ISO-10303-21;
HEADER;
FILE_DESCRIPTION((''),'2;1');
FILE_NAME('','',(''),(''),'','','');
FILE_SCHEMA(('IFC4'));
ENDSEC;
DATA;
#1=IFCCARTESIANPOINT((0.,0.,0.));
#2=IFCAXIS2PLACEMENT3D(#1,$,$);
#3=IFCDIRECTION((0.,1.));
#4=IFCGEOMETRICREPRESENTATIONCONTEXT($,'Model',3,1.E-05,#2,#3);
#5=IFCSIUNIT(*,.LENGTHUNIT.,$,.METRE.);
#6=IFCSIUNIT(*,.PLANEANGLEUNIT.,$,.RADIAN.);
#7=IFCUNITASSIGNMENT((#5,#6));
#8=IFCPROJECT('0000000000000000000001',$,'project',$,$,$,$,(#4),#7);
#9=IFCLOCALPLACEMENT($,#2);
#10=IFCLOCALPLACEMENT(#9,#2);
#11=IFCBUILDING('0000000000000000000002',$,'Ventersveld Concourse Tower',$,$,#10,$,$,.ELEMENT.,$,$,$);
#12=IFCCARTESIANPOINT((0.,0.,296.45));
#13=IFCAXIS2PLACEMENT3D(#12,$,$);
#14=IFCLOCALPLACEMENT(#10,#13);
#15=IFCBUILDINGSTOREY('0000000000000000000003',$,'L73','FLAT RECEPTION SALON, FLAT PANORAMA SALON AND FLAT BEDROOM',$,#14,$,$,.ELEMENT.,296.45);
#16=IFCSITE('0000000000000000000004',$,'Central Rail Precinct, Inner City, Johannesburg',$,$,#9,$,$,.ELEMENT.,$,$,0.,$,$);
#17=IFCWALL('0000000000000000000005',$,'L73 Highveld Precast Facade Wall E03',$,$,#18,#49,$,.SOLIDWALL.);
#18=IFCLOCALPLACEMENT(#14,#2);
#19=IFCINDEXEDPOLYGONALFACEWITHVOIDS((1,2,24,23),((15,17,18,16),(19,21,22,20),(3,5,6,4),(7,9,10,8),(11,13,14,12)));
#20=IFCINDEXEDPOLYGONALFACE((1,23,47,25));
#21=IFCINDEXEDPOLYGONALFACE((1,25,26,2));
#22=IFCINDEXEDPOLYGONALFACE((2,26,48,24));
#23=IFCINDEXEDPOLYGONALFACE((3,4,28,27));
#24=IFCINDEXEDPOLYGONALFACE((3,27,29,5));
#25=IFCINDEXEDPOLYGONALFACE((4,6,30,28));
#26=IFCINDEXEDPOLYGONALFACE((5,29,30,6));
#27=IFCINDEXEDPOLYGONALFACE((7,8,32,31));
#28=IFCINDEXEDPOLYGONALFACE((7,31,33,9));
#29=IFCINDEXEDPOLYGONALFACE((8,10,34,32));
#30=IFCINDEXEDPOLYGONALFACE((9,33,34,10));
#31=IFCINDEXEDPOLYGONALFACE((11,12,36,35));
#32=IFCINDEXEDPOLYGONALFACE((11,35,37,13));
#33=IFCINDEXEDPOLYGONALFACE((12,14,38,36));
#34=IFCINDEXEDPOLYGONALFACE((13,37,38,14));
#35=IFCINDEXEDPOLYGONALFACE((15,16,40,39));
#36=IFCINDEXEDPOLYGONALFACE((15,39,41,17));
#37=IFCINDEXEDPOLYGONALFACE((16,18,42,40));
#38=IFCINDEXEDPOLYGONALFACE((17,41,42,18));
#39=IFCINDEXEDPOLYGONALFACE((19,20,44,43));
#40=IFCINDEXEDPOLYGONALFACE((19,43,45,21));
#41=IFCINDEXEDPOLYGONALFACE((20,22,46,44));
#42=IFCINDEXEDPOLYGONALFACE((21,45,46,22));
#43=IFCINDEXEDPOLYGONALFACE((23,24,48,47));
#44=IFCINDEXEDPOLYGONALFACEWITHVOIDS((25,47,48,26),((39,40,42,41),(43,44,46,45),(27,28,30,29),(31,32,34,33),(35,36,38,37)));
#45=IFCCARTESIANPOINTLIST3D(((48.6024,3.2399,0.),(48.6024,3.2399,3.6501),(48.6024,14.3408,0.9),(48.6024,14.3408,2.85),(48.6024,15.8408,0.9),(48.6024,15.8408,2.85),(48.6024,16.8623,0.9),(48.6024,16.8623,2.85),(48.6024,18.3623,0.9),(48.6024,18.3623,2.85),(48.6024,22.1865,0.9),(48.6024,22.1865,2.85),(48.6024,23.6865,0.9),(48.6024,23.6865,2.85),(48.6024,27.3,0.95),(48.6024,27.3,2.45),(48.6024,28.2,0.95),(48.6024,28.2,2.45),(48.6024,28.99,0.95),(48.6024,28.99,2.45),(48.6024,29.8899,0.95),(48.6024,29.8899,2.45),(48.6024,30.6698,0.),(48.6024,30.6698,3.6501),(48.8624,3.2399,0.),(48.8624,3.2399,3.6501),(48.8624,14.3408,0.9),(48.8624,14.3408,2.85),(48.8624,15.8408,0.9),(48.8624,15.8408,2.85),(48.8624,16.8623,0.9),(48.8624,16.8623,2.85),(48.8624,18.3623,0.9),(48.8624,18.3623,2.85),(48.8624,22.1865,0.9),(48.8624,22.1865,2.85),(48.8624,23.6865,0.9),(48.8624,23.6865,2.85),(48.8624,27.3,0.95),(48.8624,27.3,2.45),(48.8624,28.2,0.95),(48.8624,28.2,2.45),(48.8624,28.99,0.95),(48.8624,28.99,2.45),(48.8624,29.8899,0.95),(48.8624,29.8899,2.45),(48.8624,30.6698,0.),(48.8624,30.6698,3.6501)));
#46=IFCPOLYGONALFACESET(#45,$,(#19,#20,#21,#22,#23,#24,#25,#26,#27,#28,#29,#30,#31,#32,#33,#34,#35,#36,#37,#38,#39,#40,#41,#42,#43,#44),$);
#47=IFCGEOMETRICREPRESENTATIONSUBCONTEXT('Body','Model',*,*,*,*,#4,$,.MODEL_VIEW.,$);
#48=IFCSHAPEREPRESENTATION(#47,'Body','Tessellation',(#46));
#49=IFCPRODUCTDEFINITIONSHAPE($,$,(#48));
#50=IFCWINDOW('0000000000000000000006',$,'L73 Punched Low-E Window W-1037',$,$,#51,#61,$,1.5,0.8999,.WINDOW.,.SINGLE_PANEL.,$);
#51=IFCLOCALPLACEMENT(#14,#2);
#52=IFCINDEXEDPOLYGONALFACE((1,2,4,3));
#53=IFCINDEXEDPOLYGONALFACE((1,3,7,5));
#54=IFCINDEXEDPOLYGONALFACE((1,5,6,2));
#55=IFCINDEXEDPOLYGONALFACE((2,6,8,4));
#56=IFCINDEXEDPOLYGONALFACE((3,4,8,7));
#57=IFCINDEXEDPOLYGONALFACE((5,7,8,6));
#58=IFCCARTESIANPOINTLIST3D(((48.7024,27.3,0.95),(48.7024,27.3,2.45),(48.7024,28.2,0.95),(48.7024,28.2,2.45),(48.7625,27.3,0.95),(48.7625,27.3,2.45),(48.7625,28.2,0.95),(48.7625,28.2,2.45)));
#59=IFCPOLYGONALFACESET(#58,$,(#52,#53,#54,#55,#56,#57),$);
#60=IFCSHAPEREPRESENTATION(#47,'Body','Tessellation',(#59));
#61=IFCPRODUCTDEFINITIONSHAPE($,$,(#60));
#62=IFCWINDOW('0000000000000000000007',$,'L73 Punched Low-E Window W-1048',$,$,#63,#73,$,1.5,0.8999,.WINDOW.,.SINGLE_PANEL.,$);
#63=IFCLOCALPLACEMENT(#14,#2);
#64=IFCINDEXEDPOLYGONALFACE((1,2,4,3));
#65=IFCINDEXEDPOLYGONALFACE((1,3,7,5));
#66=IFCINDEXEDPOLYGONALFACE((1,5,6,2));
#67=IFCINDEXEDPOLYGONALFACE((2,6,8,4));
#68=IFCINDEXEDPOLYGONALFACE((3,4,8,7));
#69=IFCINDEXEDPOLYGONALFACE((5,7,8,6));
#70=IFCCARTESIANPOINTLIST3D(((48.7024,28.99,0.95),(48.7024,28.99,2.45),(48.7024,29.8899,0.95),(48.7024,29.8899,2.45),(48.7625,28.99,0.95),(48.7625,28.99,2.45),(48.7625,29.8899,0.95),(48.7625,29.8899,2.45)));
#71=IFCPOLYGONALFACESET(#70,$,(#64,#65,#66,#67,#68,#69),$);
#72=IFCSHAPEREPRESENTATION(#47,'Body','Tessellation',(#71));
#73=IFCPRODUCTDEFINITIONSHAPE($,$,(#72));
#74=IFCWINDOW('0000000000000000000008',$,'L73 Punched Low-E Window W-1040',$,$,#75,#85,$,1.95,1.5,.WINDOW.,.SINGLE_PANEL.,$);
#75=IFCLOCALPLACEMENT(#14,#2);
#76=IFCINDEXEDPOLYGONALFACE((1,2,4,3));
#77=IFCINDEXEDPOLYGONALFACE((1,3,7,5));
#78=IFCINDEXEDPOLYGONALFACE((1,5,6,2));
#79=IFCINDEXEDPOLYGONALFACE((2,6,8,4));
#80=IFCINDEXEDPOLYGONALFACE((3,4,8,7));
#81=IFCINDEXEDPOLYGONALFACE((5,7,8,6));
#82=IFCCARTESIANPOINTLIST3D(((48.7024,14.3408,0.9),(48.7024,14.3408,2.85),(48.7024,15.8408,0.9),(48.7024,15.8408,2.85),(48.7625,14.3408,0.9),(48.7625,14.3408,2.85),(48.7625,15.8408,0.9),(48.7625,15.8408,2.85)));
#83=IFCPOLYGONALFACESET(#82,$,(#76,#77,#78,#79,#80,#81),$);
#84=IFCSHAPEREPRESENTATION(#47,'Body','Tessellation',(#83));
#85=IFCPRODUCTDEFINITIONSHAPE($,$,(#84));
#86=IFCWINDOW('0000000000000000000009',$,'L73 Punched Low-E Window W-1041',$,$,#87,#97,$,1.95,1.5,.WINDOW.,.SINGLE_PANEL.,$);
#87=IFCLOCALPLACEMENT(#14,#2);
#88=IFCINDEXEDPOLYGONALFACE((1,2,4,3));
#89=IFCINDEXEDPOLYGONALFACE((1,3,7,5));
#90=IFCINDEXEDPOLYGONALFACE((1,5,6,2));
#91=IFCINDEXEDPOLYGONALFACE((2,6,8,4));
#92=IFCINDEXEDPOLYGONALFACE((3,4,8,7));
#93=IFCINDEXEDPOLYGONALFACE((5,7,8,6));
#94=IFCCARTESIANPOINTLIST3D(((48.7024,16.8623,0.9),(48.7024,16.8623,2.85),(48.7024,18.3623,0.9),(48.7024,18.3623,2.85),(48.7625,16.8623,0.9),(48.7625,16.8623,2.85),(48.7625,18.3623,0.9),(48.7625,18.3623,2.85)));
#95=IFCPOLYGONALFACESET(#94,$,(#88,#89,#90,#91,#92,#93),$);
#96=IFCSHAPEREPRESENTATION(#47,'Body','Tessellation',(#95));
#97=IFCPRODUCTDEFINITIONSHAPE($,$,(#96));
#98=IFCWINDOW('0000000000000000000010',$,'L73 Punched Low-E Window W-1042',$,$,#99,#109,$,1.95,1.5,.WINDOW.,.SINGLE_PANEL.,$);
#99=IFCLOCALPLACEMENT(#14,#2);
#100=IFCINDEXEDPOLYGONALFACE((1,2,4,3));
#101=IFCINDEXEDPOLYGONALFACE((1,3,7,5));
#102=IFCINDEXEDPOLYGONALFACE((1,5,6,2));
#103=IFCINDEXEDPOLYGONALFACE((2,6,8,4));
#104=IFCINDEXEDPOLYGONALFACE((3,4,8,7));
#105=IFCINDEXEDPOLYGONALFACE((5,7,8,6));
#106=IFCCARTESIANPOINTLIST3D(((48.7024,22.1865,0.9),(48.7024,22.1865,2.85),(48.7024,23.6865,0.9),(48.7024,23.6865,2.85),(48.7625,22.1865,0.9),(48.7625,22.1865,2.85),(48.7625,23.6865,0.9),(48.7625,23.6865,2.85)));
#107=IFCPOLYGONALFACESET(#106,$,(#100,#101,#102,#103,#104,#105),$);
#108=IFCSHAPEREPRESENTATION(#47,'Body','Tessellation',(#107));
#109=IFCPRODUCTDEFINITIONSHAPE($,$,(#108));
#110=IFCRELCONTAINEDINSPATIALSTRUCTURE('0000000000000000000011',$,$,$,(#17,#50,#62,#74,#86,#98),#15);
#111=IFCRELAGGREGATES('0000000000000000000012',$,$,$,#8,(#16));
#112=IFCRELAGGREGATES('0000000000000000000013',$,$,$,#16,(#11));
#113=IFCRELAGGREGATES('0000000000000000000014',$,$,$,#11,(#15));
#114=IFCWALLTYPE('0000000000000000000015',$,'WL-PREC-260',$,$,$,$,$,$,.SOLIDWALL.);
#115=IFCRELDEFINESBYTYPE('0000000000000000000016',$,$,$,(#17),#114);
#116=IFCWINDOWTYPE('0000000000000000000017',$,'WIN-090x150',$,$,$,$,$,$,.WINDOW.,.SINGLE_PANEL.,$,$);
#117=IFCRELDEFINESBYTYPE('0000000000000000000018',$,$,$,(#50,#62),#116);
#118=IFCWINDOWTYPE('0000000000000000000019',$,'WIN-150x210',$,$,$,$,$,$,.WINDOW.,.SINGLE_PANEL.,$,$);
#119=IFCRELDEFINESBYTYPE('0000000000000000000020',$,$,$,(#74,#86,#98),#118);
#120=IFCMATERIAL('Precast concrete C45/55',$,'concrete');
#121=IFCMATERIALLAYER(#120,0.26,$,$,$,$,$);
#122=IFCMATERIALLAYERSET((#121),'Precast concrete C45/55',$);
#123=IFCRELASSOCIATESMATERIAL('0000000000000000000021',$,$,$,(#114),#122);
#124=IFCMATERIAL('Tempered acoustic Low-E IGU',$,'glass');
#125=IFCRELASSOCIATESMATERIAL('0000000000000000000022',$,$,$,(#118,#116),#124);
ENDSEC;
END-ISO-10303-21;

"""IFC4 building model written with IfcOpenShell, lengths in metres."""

from ifc_helpers import new_model, si_unit, direction, frame, frame_2d, origin, place, context, subcontext, project, spatial, rectangle, extrude, material, layer, layer_set, type_object, element, fill, save


model = new_model("IFC4")

# Units and contexts
model_context = context("Model", 3, precision=1e-05, world=origin(), true_north=direction((0.0, 1.0)))
body_context = subcontext(model_context, "Body", "Model", "MODEL_VIEW")
ifc_project = project(units=[si_unit("LENGTHUNIT", "METRE"), si_unit("PLANEANGLEUNIT", "RADIAN")], contexts=[model_context])

# Site, building, storey
site_placement = place(None, origin())
site = spatial("IfcSite", under=ifc_project, at=site_placement, Name="Central Rail Precinct, Inner City, Johannesburg", CompositionType="ELEMENT", RefElevation=0.0)
building_placement = place(site_placement, origin())
building = spatial("IfcBuilding", under=site, at=building_placement, Name="Ventersveld Concourse Tower", CompositionType="ELEMENT")
storey_placement = place(building_placement, frame((0.0, 0.0, 296.45)))
storey = spatial("IfcBuildingStorey", under=building, at=storey_placement, Name="L73", Description="FLAT RECEPTION SALON, FLAT PANORAMA SALON AND FLAT BEDROOM", CompositionType="ELEMENT", Elevation=296.45)

# Shared definitions
ifc_material_1 = material(Name="Precast concrete C45/55", Category="concrete")
ifc_layer_1 = layer(ifc_material_1, 0.26)
ifc_layer_set_1 = layer_set([ifc_layer_1], Name="Precast concrete C45/55")
wall_type_1 = type_object("IfcWallType", Name="WL-PREC-260", PredefinedType="SOLIDWALL", material=ifc_layer_set_1)

# Shared definitions
ifc_material_2 = material(Name="Tempered acoustic Low-E IGU", Category="glass")
window_type_1 = type_object("IfcWindowType", Name="WIN-150x210", PartitioningType="SINGLE_PANEL", PredefinedType="WINDOW", material=ifc_material_2)

# Wall, openings, windows
wall_1_placement = place(storey_placement, frame((48.7324, 3.24, 0.0), z_axis=(0.0, 0.0, 1.0), x_axis=(0.0, 1.0, 0.0)))
wall_1 = element("IfcWall", 1, at=wall_1_placement, inside=storey, type_object=wall_type_1, Name="L73 Highveld Precast Facade Wall E03", PredefinedType="SOLIDWALL", context=body_context, shape_type="SweptSolid", body=[
    extrude(rectangle(XDim=27.4299, YDim=0.26, at=frame_2d((13.7148, 0.0))), origin(), (0.0, 0.0, 1.0), 3.6501),
])
opening_1_placement = place(wall_1_placement, frame((24.0601, 0.0, 0.95)))
opening_1 = element("IfcOpeningElement", 2, at=opening_1_placement, cuts=wall_1, PredefinedType="OPENING", context=body_context, shape_type="SweptSolid", body=[
    extrude(rectangle(XDim=0.8999, YDim=1.5, at=frame_2d((0.45, 0.75))), frame((0.0, 0.1401, 0.0), z_axis=(0.0, -1.0, 0.0), x_axis=(1.0, 0.0, 0.0)), (0.0, 0.0, 1.0), 0.28),
])
opening_2_placement = place(wall_1_placement, frame((11.1008, 0.0, 0.8999)))
opening_2 = element("IfcOpeningElement", 3, at=opening_2_placement, cuts=wall_1, PredefinedType="OPENING", context=body_context, shape_type="SweptSolid", body=[
    extrude(rectangle(XDim=1.5, YDim=1.95, at=frame_2d((0.75, 0.9751))), frame((0.0, 0.1401, 0.0), z_axis=(0.0, -1.0, 0.0), x_axis=(1.0, 0.0, 0.0)), (0.0, 0.0, 1.0), 0.28),
])
opening_3_placement = place(wall_1_placement, frame((13.6223, 0.0, 0.8999)))
opening_3 = element("IfcOpeningElement", 4, at=opening_3_placement, cuts=wall_1, PredefinedType="OPENING", context=body_context, shape_type="SweptSolid", body=[
    extrude(rectangle(XDim=1.5, YDim=1.95, at=frame_2d((0.75, 0.9751))), frame((0.0, 0.1401, 0.0), z_axis=(0.0, -1.0, 0.0), x_axis=(1.0, 0.0, 0.0)), (0.0, 0.0, 1.0), 0.28),
])
opening_4_placement = place(wall_1_placement, frame((18.9465, 0.0, 0.8999)))
opening_4 = element("IfcOpeningElement", 5, at=opening_4_placement, cuts=wall_1, PredefinedType="OPENING", context=body_context, shape_type="SweptSolid", body=[
    extrude(rectangle(XDim=1.5, YDim=1.95, at=frame_2d((0.75, 0.9751))), frame((0.0, 0.1401, 0.0), z_axis=(0.0, -1.0, 0.0), x_axis=(1.0, 0.0, 0.0)), (0.0, 0.0, 1.0), 0.28),
])
opening_5_placement = place(wall_1_placement, frame((25.75, 0.0, 0.95)))
opening_5 = element("IfcOpeningElement", 6, at=opening_5_placement, cuts=wall_1, PredefinedType="OPENING", context=body_context, shape_type="SweptSolid", body=[
    extrude(rectangle(XDim=0.8999, YDim=1.5, at=frame_2d((0.45, 0.75))), frame((0.0, 0.1401, 0.0), z_axis=(0.0, -1.0, 0.0), x_axis=(1.0, 0.0, 0.0)), (0.0, 0.0, 1.0), 0.28),
])
window_type_2 = type_object("IfcWindowType", Name="WIN-090x150", PartitioningType="SINGLE_PANEL", PredefinedType="WINDOW", material=ifc_material_2)
window_1_placement = place(opening_1_placement, origin())
window_1 = element("IfcWindow", 7, at=window_1_placement, inside=storey, type_object=window_type_2, Name="L73 Punched Low-E Window W-1037", OverallHeight=1.5, OverallWidth=0.8999, PartitioningType="SINGLE_PANEL", PredefinedType="WINDOW", context=body_context, shape_type="SweptSolid", body=[
    extrude(rectangle(XDim=0.8999, YDim=1.5, at=frame_2d((0.45, 0.75))), frame((0.0, 0.03, 0.0), z_axis=(0.0, -1.0, 0.0), x_axis=(1.0, 0.0, 0.0)), (0.0, 0.0, 1.0), 0.0601),
])
fill(opening_1, window_1)
window_2_placement = place(opening_5_placement, origin())
window_2 = element("IfcWindow", 8, at=window_2_placement, inside=storey, type_object=window_type_2, Name="L73 Punched Low-E Window W-1048", OverallHeight=1.5, OverallWidth=0.8999, PartitioningType="SINGLE_PANEL", PredefinedType="WINDOW", context=body_context, shape_type="SweptSolid", body=[
    extrude(rectangle(XDim=0.8999, YDim=1.5, at=frame_2d((0.45, 0.75))), frame((0.0, 0.03, 0.0), z_axis=(0.0, -1.0, 0.0), x_axis=(1.0, 0.0, 0.0)), (0.0, 0.0, 1.0), 0.0601),
])
fill(opening_5, window_2)
window_3_placement = place(opening_2_placement, origin())
window_3 = element("IfcWindow", 9, at=window_3_placement, inside=storey, type_object=window_type_1, Name="L73 Punched Low-E Window W-1040", OverallHeight=1.95, OverallWidth=1.5, PartitioningType="SINGLE_PANEL", PredefinedType="WINDOW", context=body_context, shape_type="SweptSolid", body=[
    extrude(rectangle(XDim=1.5, YDim=1.95, at=frame_2d((0.75, 0.9751))), frame((0.0, 0.03, 0.0), z_axis=(0.0, -1.0, 0.0), x_axis=(1.0, 0.0, 0.0)), (0.0, 0.0, 1.0), 0.0601),
])
fill(opening_2, window_3)
window_4_placement = place(opening_3_placement, origin())
window_4 = element("IfcWindow", 10, at=window_4_placement, inside=storey, type_object=window_type_1, Name="L73 Punched Low-E Window W-1041", OverallHeight=1.95, OverallWidth=1.5, PartitioningType="SINGLE_PANEL", PredefinedType="WINDOW", context=body_context, shape_type="SweptSolid", body=[
    extrude(rectangle(XDim=1.5, YDim=1.95, at=frame_2d((0.75, 0.9751))), frame((0.0, 0.03, 0.0), z_axis=(0.0, -1.0, 0.0), x_axis=(1.0, 0.0, 0.0)), (0.0, 0.0, 1.0), 0.0601),
])
fill(opening_3, window_4)
window_5_placement = place(opening_4_placement, origin())
window_5 = element("IfcWindow", 11, at=window_5_placement, inside=storey, type_object=window_type_1, Name="L73 Punched Low-E Window W-1042", OverallHeight=1.95, OverallWidth=1.5, PartitioningType="SINGLE_PANEL", PredefinedType="WINDOW", context=body_context, shape_type="SweptSolid", body=[
    extrude(rectangle(XDim=1.5, YDim=1.95, at=frame_2d((0.75, 0.9751))), frame((0.0, 0.03, 0.0), z_axis=(0.0, -1.0, 0.0), x_axis=(1.0, 0.0, 0.0)), (0.0, 0.0, 1.0), 0.0601),
])
fill(opening_4, window_5)

save(model, "model.ifc")
